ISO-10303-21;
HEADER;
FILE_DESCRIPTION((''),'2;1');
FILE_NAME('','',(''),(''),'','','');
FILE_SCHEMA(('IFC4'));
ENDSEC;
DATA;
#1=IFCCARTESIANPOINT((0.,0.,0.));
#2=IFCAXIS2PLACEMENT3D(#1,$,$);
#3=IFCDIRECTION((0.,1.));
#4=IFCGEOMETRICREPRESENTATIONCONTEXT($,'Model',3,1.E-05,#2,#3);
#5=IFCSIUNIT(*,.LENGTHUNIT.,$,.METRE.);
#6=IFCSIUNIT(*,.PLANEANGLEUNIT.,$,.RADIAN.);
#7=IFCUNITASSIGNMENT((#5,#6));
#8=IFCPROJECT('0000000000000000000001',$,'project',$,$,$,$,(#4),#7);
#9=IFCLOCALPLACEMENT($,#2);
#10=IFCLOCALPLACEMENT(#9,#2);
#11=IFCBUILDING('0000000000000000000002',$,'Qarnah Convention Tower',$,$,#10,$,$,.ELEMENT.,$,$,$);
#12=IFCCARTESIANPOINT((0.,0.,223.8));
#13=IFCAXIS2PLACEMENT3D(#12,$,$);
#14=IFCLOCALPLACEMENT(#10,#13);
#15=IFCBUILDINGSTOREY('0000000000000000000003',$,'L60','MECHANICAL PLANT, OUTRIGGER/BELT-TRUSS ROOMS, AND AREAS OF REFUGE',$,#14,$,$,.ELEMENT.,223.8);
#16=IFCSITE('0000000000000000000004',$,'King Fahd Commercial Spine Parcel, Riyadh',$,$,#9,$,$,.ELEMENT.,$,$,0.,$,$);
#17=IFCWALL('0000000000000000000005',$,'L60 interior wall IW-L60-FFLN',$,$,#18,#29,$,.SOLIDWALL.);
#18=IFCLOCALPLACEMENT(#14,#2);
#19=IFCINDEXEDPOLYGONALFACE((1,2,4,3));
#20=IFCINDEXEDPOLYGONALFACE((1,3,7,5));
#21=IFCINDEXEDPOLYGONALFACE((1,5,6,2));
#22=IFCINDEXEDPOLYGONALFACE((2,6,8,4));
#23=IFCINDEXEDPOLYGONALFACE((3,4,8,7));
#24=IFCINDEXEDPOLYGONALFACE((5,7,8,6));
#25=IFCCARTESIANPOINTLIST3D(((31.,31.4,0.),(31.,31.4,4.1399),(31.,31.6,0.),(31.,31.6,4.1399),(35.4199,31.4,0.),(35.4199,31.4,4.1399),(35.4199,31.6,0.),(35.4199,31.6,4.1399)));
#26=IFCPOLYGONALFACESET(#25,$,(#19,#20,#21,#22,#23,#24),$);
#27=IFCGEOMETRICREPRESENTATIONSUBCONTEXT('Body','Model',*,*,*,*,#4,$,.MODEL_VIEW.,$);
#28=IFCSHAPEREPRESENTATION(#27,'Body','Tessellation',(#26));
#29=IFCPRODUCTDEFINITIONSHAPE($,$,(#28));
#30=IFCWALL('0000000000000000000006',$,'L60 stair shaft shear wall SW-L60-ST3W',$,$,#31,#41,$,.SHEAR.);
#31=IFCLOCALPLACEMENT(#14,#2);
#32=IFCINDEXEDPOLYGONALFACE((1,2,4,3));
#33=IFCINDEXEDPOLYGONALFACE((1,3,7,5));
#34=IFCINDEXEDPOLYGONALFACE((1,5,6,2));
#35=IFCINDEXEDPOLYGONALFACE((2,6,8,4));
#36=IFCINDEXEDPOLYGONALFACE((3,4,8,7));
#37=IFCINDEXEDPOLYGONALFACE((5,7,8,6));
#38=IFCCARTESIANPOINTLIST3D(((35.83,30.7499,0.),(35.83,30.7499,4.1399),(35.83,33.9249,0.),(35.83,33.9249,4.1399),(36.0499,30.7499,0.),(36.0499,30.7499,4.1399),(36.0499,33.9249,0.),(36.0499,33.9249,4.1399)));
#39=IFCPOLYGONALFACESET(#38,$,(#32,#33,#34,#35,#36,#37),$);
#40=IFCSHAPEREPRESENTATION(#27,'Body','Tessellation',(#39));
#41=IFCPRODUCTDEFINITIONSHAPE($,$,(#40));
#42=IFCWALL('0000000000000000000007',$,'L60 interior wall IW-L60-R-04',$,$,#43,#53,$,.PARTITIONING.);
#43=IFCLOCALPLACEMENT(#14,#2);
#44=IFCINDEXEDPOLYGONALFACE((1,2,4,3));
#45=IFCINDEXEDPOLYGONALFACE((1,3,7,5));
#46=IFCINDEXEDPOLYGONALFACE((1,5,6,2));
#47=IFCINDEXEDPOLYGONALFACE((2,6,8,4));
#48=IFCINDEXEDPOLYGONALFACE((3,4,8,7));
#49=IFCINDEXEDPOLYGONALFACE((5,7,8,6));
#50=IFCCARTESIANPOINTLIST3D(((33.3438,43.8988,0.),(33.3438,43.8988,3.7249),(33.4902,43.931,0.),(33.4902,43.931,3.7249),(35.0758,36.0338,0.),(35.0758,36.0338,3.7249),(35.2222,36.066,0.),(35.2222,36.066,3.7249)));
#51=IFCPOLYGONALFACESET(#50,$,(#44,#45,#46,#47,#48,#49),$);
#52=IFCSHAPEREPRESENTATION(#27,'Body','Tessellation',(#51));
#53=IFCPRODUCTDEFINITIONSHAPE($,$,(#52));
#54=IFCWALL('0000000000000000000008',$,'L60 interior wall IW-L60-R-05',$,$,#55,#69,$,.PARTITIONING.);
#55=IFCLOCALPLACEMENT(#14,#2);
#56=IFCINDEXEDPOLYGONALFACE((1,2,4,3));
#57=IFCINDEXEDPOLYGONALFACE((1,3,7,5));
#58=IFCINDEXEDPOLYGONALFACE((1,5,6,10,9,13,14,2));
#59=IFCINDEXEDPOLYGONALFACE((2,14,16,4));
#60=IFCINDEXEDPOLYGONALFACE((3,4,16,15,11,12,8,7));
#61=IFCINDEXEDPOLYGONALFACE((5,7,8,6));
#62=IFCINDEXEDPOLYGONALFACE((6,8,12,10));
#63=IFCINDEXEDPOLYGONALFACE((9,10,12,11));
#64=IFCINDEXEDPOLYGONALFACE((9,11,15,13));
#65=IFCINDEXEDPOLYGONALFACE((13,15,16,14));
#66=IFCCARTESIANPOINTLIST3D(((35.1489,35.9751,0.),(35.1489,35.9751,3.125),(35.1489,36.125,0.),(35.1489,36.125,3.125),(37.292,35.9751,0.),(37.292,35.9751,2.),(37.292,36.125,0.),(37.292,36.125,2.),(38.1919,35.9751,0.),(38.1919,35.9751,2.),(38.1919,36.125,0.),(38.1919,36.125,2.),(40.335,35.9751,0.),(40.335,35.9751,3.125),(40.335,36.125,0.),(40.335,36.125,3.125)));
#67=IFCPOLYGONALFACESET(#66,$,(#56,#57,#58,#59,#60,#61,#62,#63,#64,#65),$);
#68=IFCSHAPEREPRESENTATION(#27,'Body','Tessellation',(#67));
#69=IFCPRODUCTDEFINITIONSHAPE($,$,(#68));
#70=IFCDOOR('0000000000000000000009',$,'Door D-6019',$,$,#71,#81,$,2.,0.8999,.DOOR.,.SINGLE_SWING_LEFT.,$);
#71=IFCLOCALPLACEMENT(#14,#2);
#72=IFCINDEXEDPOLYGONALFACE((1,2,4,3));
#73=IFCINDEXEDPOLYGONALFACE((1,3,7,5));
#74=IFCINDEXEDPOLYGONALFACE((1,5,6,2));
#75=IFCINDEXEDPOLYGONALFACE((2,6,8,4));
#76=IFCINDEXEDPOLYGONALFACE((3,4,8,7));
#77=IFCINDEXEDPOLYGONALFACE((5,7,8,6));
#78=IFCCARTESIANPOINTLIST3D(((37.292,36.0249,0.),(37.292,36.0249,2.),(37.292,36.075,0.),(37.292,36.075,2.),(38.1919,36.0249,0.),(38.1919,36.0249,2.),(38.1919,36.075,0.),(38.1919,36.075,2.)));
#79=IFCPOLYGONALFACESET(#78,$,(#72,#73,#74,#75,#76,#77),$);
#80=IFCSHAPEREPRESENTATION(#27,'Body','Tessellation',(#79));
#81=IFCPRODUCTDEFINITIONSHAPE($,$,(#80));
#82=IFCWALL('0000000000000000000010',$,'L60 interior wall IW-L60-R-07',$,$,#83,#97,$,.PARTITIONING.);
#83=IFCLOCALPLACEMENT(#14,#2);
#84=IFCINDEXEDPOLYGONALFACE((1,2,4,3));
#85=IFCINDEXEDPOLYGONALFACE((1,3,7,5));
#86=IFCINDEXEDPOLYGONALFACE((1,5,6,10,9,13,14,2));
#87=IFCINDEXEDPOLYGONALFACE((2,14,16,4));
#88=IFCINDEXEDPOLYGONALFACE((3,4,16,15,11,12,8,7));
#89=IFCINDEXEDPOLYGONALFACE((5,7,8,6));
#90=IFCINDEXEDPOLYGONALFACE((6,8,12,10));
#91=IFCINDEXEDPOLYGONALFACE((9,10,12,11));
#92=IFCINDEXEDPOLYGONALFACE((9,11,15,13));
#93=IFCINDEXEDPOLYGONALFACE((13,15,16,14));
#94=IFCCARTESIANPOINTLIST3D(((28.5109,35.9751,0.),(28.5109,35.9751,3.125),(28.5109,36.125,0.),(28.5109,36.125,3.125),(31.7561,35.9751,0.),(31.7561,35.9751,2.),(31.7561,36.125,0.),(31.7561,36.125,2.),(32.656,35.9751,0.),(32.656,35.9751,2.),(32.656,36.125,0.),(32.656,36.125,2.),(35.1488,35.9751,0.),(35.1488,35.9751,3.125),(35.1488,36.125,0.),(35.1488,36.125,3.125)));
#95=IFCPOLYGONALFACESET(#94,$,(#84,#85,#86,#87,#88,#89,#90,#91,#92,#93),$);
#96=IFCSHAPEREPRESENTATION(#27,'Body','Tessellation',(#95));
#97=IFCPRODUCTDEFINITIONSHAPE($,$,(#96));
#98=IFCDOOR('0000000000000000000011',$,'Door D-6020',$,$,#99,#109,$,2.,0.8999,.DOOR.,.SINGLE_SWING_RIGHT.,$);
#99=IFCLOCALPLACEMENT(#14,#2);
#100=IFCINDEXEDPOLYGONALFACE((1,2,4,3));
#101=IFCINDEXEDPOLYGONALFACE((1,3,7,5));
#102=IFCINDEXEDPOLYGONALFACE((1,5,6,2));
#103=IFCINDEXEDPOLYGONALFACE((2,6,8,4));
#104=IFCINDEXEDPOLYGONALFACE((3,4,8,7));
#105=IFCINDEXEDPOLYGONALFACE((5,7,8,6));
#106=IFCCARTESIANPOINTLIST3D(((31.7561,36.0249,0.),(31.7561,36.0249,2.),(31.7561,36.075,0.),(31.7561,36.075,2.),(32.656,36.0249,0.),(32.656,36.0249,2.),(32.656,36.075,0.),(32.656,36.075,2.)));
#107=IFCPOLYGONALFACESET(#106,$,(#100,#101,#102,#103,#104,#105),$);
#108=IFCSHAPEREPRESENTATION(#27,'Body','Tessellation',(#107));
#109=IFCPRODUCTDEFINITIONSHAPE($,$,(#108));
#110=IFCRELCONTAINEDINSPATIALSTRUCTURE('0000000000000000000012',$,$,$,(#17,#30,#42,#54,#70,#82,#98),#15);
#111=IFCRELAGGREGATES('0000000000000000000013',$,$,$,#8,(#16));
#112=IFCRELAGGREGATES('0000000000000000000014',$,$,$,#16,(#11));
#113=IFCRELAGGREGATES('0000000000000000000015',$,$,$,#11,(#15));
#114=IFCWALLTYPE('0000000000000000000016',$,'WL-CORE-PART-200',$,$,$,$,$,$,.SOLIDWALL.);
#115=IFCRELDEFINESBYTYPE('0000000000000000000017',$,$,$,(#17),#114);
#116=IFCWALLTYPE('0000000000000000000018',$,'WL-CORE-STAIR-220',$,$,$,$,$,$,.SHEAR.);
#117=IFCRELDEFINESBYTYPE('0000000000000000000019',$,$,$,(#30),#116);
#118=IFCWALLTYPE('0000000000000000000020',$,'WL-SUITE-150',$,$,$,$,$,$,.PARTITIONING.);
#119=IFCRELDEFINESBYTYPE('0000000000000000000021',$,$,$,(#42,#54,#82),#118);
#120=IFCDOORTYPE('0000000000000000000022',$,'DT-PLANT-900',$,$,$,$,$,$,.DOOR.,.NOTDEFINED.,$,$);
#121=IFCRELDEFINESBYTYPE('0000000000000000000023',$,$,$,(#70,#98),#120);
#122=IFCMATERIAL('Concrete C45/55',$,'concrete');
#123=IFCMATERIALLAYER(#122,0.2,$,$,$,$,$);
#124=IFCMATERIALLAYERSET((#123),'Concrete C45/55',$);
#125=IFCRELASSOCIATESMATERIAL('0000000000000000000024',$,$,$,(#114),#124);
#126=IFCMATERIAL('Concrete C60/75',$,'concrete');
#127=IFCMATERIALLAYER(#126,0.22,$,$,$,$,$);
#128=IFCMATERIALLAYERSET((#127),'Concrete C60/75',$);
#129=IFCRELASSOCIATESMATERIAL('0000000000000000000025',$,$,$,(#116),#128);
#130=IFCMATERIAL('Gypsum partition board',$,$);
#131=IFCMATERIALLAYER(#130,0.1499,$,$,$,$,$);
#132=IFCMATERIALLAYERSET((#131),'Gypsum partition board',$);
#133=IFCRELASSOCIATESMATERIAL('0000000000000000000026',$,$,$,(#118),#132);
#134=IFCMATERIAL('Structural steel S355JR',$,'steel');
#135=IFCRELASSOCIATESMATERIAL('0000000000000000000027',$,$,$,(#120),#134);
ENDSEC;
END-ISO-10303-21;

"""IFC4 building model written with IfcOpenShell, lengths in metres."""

from ifc_helpers import new_model, si_unit, direction, frame, frame_2d, origin, place, context, subcontext, project, spatial, rectangle, extrude, material, layer, layer_set, type_object, element, fill, save


model = new_model("IFC4")

# Units and contexts
model_context = context("Model", 3, precision=1e-05, world=origin(), true_north=direction((0.0, 1.0)))
body_context = subcontext(model_context, "Body", "Model", "MODEL_VIEW")
ifc_project = project(units=[si_unit("LENGTHUNIT", "METRE"), si_unit("PLANEANGLEUNIT", "RADIAN")], contexts=[model_context])

# Site, building, storey
site_placement = place(None, origin())
site = spatial("IfcSite", under=ifc_project, at=site_placement, Name="King Fahd Commercial Spine Parcel, Riyadh", CompositionType="ELEMENT", RefElevation=0.0)
building_placement = place(site_placement, origin())
building = spatial("IfcBuilding", under=site, at=building_placement, Name="Qarnah Convention Tower", CompositionType="ELEMENT")
storey_placement = place(building_placement, frame((0.0, 0.0, 223.8)))
storey = spatial("IfcBuildingStorey", under=building, at=storey_placement, Name="L60", Description="MECHANICAL PLANT, OUTRIGGER/BELT-TRUSS ROOMS, AND AREAS OF REFUGE", CompositionType="ELEMENT", Elevation=223.8)

# Shared definitions
ifc_material_1 = material(Name="Structural steel S355JR", Category="steel")

# Walls
ifc_material_2 = material(Name="Concrete C45/55", Category="concrete")
ifc_layer_1 = layer(ifc_material_2, 0.2)
ifc_layer_set_1 = layer_set([ifc_layer_1], Name="Concrete C45/55")
wall_type_1 = type_object("IfcWallType", Name="WL-CORE-PART-200", PredefinedType="SOLIDWALL", material=ifc_layer_set_1)
wall_1_placement = place(storey_placement, frame((31.0, 31.5, 0.0), z_axis=(0.0, 0.0, 1.0), x_axis=(1.0, 0.0, 0.0)))
element("IfcWall", 1, at=wall_1_placement, inside=storey, type_object=wall_type_1, Name="L60 interior wall IW-L60-FFLN", PredefinedType="SOLIDWALL", context=body_context, shape_type="SweptSolid", body=[
    extrude(rectangle(XDim=4.4199, YDim=0.2, at=frame_2d((2.21, 0.0))), origin(), (0.0, 0.0, 1.0), 4.1399),
])
ifc_material_3 = material(Name="Concrete C60/75", Category="concrete")
ifc_layer_2 = layer(ifc_material_3, 0.22)
ifc_layer_set_2 = layer_set([ifc_layer_2], Name="Concrete C60/75")
wall_type_2 = type_object("IfcWallType", Name="WL-CORE-STAIR-220", PredefinedType="SHEAR", material=ifc_layer_set_2)
wall_2_placement = place(storey_placement, frame((35.9399, 30.75, 0.0), z_axis=(0.0, 0.0, 1.0), x_axis=(0.0, 1.0, 0.0)))
element("IfcWall", 2, at=wall_2_placement, inside=storey, type_object=wall_type_2, Name="L60 stair shaft shear wall SW-L60-ST3W", PredefinedType="SHEAR", context=body_context, shape_type="SweptSolid", body=[
    extrude(rectangle(XDim=3.175, YDim=0.22, at=frame_2d((1.5874, 0.0))), origin(), (0.0, 0.0, 1.0), 4.1399),
])
ifc_material_4 = material(Name="Gypsum partition board")
ifc_layer_3 = layer(ifc_material_4, 0.1499)
ifc_layer_set_3 = layer_set([ifc_layer_3], Name="Gypsum partition board")
wall_type_3 = type_object("IfcWallType", Name="WL-SUITE-150", PredefinedType="PARTITIONING", material=ifc_layer_set_3)
wall_3_placement = place(storey_placement, frame((33.417, 43.915, 0.0), z_axis=(0.0, 0.0, 1.0), x_axis=(0.215056, -0.976602, 0.0)))
element("IfcWall", 3, at=wall_3_placement, inside=storey, type_object=wall_type_3, Name="L60 interior wall IW-L60-R-04", PredefinedType="PARTITIONING", context=body_context, shape_type="SweptSolid", body=[
    extrude(rectangle(XDim=8.0535, YDim=0.1499, at=frame_2d((4.0269, 0.0))), origin(), (0.0, 0.0, 1.0), 3.7249),
])

# Walls, openings, doors
wall_4_placement = place(storey_placement, frame((35.1489, 36.05, 0.0), z_axis=(0.0, 0.0, 1.0), x_axis=(1.0, 0.0, 0.0)))
wall_4 = element("IfcWall", 4, at=wall_4_placement, inside=storey, type_object=wall_type_3, Name="L60 interior wall IW-L60-R-05", PredefinedType="PARTITIONING", context=body_context, shape_type="SweptSolid", body=[
    extrude(rectangle(XDim=5.186, YDim=0.1499, at=frame_2d((2.593, 0.0))), origin(), (0.0, 0.0, 1.0), 3.125),
])
opening_1_placement = place(wall_4_placement, frame((2.1431, 0.0, 0.0)))
opening_1 = element("IfcOpeningElement", 5, at=opening_1_placement, cuts=wall_4, PredefinedType="OPENING", context=body_context, shape_type="SweptSolid", body=[
    extrude(rectangle(XDim=0.8999, YDim=2.0, at=frame_2d((0.45, 1.0))), frame((0.0, 0.085, 0.0), z_axis=(0.0, -1.0, 0.0), x_axis=(1.0, 0.0, 0.0)), (0.0, 0.0, 1.0), 0.1699),
])
door_type = type_object("IfcDoorType", Name="DT-PLANT-900", OperationType="NOTDEFINED", PredefinedType="DOOR", material=ifc_material_1)
door_1_placement = place(opening_1_placement, origin())
door_1 = element("IfcDoor", 6, at=door_1_placement, inside=storey, type_object=door_type, Name="Door D-6019", OperationType="SINGLE_SWING_LEFT", OverallHeight=2.0, OverallWidth=0.8999, PredefinedType="DOOR", context=body_context, shape_type="SweptSolid", body=[
    extrude(rectangle(XDim=0.8999, YDim=2.0, at=frame_2d((0.45, 1.0))), frame((0.0, 0.0249, 0.0), z_axis=(0.0, -1.0, 0.0), x_axis=(1.0, 0.0, 0.0)), (0.0, 0.0, 1.0), 0.05),
])
fill(opening_1, door_1)
wall_5_placement = place(storey_placement, frame((28.511, 36.05, 0.0), z_axis=(0.0, 0.0, 1.0), x_axis=(1.0, 0.0, 0.0)))
wall_5 = element("IfcWall", 7, at=wall_5_placement, inside=storey, type_object=wall_type_3, Name="L60 interior wall IW-L60-R-07", PredefinedType="PARTITIONING", context=body_context, shape_type="SweptSolid", body=[
    extrude(rectangle(XDim=6.6379, YDim=0.1499, at=frame_2d((3.3188, 0.0))), origin(), (0.0, 0.0, 1.0), 3.125),
])
opening_2_placement = place(wall_5_placement, frame((3.2451, 0.0, 0.0)))
opening_2 = element("IfcOpeningElement", 8, at=opening_2_placement, cuts=wall_5, PredefinedType="OPENING", context=body_context, shape_type="SweptSolid", body=[
    extrude(rectangle(XDim=0.8999, YDim=2.0, at=frame_2d((0.45, 1.0))), frame((0.0, 0.085, 0.0), z_axis=(0.0, -1.0, 0.0), x_axis=(1.0, 0.0, 0.0)), (0.0, 0.0, 1.0), 0.1699),
])
door_2_placement = place(opening_2_placement, origin())
door_2 = element("IfcDoor", 9, at=door_2_placement, inside=storey, type_object=door_type, Name="Door D-6020", OperationType="SINGLE_SWING_RIGHT", OverallHeight=2.0, OverallWidth=0.8999, PredefinedType="DOOR", context=body_context, shape_type="SweptSolid", body=[
    extrude(rectangle(XDim=0.8999, YDim=2.0, at=frame_2d((0.45, 1.0))), frame((0.0, 0.0249, 0.0), z_axis=(0.0, -1.0, 0.0), x_axis=(1.0, 0.0, 0.0)), (0.0, 0.0, 1.0), 0.05),
])
fill(opening_2, door_2)

save(model, "model.ifc")
